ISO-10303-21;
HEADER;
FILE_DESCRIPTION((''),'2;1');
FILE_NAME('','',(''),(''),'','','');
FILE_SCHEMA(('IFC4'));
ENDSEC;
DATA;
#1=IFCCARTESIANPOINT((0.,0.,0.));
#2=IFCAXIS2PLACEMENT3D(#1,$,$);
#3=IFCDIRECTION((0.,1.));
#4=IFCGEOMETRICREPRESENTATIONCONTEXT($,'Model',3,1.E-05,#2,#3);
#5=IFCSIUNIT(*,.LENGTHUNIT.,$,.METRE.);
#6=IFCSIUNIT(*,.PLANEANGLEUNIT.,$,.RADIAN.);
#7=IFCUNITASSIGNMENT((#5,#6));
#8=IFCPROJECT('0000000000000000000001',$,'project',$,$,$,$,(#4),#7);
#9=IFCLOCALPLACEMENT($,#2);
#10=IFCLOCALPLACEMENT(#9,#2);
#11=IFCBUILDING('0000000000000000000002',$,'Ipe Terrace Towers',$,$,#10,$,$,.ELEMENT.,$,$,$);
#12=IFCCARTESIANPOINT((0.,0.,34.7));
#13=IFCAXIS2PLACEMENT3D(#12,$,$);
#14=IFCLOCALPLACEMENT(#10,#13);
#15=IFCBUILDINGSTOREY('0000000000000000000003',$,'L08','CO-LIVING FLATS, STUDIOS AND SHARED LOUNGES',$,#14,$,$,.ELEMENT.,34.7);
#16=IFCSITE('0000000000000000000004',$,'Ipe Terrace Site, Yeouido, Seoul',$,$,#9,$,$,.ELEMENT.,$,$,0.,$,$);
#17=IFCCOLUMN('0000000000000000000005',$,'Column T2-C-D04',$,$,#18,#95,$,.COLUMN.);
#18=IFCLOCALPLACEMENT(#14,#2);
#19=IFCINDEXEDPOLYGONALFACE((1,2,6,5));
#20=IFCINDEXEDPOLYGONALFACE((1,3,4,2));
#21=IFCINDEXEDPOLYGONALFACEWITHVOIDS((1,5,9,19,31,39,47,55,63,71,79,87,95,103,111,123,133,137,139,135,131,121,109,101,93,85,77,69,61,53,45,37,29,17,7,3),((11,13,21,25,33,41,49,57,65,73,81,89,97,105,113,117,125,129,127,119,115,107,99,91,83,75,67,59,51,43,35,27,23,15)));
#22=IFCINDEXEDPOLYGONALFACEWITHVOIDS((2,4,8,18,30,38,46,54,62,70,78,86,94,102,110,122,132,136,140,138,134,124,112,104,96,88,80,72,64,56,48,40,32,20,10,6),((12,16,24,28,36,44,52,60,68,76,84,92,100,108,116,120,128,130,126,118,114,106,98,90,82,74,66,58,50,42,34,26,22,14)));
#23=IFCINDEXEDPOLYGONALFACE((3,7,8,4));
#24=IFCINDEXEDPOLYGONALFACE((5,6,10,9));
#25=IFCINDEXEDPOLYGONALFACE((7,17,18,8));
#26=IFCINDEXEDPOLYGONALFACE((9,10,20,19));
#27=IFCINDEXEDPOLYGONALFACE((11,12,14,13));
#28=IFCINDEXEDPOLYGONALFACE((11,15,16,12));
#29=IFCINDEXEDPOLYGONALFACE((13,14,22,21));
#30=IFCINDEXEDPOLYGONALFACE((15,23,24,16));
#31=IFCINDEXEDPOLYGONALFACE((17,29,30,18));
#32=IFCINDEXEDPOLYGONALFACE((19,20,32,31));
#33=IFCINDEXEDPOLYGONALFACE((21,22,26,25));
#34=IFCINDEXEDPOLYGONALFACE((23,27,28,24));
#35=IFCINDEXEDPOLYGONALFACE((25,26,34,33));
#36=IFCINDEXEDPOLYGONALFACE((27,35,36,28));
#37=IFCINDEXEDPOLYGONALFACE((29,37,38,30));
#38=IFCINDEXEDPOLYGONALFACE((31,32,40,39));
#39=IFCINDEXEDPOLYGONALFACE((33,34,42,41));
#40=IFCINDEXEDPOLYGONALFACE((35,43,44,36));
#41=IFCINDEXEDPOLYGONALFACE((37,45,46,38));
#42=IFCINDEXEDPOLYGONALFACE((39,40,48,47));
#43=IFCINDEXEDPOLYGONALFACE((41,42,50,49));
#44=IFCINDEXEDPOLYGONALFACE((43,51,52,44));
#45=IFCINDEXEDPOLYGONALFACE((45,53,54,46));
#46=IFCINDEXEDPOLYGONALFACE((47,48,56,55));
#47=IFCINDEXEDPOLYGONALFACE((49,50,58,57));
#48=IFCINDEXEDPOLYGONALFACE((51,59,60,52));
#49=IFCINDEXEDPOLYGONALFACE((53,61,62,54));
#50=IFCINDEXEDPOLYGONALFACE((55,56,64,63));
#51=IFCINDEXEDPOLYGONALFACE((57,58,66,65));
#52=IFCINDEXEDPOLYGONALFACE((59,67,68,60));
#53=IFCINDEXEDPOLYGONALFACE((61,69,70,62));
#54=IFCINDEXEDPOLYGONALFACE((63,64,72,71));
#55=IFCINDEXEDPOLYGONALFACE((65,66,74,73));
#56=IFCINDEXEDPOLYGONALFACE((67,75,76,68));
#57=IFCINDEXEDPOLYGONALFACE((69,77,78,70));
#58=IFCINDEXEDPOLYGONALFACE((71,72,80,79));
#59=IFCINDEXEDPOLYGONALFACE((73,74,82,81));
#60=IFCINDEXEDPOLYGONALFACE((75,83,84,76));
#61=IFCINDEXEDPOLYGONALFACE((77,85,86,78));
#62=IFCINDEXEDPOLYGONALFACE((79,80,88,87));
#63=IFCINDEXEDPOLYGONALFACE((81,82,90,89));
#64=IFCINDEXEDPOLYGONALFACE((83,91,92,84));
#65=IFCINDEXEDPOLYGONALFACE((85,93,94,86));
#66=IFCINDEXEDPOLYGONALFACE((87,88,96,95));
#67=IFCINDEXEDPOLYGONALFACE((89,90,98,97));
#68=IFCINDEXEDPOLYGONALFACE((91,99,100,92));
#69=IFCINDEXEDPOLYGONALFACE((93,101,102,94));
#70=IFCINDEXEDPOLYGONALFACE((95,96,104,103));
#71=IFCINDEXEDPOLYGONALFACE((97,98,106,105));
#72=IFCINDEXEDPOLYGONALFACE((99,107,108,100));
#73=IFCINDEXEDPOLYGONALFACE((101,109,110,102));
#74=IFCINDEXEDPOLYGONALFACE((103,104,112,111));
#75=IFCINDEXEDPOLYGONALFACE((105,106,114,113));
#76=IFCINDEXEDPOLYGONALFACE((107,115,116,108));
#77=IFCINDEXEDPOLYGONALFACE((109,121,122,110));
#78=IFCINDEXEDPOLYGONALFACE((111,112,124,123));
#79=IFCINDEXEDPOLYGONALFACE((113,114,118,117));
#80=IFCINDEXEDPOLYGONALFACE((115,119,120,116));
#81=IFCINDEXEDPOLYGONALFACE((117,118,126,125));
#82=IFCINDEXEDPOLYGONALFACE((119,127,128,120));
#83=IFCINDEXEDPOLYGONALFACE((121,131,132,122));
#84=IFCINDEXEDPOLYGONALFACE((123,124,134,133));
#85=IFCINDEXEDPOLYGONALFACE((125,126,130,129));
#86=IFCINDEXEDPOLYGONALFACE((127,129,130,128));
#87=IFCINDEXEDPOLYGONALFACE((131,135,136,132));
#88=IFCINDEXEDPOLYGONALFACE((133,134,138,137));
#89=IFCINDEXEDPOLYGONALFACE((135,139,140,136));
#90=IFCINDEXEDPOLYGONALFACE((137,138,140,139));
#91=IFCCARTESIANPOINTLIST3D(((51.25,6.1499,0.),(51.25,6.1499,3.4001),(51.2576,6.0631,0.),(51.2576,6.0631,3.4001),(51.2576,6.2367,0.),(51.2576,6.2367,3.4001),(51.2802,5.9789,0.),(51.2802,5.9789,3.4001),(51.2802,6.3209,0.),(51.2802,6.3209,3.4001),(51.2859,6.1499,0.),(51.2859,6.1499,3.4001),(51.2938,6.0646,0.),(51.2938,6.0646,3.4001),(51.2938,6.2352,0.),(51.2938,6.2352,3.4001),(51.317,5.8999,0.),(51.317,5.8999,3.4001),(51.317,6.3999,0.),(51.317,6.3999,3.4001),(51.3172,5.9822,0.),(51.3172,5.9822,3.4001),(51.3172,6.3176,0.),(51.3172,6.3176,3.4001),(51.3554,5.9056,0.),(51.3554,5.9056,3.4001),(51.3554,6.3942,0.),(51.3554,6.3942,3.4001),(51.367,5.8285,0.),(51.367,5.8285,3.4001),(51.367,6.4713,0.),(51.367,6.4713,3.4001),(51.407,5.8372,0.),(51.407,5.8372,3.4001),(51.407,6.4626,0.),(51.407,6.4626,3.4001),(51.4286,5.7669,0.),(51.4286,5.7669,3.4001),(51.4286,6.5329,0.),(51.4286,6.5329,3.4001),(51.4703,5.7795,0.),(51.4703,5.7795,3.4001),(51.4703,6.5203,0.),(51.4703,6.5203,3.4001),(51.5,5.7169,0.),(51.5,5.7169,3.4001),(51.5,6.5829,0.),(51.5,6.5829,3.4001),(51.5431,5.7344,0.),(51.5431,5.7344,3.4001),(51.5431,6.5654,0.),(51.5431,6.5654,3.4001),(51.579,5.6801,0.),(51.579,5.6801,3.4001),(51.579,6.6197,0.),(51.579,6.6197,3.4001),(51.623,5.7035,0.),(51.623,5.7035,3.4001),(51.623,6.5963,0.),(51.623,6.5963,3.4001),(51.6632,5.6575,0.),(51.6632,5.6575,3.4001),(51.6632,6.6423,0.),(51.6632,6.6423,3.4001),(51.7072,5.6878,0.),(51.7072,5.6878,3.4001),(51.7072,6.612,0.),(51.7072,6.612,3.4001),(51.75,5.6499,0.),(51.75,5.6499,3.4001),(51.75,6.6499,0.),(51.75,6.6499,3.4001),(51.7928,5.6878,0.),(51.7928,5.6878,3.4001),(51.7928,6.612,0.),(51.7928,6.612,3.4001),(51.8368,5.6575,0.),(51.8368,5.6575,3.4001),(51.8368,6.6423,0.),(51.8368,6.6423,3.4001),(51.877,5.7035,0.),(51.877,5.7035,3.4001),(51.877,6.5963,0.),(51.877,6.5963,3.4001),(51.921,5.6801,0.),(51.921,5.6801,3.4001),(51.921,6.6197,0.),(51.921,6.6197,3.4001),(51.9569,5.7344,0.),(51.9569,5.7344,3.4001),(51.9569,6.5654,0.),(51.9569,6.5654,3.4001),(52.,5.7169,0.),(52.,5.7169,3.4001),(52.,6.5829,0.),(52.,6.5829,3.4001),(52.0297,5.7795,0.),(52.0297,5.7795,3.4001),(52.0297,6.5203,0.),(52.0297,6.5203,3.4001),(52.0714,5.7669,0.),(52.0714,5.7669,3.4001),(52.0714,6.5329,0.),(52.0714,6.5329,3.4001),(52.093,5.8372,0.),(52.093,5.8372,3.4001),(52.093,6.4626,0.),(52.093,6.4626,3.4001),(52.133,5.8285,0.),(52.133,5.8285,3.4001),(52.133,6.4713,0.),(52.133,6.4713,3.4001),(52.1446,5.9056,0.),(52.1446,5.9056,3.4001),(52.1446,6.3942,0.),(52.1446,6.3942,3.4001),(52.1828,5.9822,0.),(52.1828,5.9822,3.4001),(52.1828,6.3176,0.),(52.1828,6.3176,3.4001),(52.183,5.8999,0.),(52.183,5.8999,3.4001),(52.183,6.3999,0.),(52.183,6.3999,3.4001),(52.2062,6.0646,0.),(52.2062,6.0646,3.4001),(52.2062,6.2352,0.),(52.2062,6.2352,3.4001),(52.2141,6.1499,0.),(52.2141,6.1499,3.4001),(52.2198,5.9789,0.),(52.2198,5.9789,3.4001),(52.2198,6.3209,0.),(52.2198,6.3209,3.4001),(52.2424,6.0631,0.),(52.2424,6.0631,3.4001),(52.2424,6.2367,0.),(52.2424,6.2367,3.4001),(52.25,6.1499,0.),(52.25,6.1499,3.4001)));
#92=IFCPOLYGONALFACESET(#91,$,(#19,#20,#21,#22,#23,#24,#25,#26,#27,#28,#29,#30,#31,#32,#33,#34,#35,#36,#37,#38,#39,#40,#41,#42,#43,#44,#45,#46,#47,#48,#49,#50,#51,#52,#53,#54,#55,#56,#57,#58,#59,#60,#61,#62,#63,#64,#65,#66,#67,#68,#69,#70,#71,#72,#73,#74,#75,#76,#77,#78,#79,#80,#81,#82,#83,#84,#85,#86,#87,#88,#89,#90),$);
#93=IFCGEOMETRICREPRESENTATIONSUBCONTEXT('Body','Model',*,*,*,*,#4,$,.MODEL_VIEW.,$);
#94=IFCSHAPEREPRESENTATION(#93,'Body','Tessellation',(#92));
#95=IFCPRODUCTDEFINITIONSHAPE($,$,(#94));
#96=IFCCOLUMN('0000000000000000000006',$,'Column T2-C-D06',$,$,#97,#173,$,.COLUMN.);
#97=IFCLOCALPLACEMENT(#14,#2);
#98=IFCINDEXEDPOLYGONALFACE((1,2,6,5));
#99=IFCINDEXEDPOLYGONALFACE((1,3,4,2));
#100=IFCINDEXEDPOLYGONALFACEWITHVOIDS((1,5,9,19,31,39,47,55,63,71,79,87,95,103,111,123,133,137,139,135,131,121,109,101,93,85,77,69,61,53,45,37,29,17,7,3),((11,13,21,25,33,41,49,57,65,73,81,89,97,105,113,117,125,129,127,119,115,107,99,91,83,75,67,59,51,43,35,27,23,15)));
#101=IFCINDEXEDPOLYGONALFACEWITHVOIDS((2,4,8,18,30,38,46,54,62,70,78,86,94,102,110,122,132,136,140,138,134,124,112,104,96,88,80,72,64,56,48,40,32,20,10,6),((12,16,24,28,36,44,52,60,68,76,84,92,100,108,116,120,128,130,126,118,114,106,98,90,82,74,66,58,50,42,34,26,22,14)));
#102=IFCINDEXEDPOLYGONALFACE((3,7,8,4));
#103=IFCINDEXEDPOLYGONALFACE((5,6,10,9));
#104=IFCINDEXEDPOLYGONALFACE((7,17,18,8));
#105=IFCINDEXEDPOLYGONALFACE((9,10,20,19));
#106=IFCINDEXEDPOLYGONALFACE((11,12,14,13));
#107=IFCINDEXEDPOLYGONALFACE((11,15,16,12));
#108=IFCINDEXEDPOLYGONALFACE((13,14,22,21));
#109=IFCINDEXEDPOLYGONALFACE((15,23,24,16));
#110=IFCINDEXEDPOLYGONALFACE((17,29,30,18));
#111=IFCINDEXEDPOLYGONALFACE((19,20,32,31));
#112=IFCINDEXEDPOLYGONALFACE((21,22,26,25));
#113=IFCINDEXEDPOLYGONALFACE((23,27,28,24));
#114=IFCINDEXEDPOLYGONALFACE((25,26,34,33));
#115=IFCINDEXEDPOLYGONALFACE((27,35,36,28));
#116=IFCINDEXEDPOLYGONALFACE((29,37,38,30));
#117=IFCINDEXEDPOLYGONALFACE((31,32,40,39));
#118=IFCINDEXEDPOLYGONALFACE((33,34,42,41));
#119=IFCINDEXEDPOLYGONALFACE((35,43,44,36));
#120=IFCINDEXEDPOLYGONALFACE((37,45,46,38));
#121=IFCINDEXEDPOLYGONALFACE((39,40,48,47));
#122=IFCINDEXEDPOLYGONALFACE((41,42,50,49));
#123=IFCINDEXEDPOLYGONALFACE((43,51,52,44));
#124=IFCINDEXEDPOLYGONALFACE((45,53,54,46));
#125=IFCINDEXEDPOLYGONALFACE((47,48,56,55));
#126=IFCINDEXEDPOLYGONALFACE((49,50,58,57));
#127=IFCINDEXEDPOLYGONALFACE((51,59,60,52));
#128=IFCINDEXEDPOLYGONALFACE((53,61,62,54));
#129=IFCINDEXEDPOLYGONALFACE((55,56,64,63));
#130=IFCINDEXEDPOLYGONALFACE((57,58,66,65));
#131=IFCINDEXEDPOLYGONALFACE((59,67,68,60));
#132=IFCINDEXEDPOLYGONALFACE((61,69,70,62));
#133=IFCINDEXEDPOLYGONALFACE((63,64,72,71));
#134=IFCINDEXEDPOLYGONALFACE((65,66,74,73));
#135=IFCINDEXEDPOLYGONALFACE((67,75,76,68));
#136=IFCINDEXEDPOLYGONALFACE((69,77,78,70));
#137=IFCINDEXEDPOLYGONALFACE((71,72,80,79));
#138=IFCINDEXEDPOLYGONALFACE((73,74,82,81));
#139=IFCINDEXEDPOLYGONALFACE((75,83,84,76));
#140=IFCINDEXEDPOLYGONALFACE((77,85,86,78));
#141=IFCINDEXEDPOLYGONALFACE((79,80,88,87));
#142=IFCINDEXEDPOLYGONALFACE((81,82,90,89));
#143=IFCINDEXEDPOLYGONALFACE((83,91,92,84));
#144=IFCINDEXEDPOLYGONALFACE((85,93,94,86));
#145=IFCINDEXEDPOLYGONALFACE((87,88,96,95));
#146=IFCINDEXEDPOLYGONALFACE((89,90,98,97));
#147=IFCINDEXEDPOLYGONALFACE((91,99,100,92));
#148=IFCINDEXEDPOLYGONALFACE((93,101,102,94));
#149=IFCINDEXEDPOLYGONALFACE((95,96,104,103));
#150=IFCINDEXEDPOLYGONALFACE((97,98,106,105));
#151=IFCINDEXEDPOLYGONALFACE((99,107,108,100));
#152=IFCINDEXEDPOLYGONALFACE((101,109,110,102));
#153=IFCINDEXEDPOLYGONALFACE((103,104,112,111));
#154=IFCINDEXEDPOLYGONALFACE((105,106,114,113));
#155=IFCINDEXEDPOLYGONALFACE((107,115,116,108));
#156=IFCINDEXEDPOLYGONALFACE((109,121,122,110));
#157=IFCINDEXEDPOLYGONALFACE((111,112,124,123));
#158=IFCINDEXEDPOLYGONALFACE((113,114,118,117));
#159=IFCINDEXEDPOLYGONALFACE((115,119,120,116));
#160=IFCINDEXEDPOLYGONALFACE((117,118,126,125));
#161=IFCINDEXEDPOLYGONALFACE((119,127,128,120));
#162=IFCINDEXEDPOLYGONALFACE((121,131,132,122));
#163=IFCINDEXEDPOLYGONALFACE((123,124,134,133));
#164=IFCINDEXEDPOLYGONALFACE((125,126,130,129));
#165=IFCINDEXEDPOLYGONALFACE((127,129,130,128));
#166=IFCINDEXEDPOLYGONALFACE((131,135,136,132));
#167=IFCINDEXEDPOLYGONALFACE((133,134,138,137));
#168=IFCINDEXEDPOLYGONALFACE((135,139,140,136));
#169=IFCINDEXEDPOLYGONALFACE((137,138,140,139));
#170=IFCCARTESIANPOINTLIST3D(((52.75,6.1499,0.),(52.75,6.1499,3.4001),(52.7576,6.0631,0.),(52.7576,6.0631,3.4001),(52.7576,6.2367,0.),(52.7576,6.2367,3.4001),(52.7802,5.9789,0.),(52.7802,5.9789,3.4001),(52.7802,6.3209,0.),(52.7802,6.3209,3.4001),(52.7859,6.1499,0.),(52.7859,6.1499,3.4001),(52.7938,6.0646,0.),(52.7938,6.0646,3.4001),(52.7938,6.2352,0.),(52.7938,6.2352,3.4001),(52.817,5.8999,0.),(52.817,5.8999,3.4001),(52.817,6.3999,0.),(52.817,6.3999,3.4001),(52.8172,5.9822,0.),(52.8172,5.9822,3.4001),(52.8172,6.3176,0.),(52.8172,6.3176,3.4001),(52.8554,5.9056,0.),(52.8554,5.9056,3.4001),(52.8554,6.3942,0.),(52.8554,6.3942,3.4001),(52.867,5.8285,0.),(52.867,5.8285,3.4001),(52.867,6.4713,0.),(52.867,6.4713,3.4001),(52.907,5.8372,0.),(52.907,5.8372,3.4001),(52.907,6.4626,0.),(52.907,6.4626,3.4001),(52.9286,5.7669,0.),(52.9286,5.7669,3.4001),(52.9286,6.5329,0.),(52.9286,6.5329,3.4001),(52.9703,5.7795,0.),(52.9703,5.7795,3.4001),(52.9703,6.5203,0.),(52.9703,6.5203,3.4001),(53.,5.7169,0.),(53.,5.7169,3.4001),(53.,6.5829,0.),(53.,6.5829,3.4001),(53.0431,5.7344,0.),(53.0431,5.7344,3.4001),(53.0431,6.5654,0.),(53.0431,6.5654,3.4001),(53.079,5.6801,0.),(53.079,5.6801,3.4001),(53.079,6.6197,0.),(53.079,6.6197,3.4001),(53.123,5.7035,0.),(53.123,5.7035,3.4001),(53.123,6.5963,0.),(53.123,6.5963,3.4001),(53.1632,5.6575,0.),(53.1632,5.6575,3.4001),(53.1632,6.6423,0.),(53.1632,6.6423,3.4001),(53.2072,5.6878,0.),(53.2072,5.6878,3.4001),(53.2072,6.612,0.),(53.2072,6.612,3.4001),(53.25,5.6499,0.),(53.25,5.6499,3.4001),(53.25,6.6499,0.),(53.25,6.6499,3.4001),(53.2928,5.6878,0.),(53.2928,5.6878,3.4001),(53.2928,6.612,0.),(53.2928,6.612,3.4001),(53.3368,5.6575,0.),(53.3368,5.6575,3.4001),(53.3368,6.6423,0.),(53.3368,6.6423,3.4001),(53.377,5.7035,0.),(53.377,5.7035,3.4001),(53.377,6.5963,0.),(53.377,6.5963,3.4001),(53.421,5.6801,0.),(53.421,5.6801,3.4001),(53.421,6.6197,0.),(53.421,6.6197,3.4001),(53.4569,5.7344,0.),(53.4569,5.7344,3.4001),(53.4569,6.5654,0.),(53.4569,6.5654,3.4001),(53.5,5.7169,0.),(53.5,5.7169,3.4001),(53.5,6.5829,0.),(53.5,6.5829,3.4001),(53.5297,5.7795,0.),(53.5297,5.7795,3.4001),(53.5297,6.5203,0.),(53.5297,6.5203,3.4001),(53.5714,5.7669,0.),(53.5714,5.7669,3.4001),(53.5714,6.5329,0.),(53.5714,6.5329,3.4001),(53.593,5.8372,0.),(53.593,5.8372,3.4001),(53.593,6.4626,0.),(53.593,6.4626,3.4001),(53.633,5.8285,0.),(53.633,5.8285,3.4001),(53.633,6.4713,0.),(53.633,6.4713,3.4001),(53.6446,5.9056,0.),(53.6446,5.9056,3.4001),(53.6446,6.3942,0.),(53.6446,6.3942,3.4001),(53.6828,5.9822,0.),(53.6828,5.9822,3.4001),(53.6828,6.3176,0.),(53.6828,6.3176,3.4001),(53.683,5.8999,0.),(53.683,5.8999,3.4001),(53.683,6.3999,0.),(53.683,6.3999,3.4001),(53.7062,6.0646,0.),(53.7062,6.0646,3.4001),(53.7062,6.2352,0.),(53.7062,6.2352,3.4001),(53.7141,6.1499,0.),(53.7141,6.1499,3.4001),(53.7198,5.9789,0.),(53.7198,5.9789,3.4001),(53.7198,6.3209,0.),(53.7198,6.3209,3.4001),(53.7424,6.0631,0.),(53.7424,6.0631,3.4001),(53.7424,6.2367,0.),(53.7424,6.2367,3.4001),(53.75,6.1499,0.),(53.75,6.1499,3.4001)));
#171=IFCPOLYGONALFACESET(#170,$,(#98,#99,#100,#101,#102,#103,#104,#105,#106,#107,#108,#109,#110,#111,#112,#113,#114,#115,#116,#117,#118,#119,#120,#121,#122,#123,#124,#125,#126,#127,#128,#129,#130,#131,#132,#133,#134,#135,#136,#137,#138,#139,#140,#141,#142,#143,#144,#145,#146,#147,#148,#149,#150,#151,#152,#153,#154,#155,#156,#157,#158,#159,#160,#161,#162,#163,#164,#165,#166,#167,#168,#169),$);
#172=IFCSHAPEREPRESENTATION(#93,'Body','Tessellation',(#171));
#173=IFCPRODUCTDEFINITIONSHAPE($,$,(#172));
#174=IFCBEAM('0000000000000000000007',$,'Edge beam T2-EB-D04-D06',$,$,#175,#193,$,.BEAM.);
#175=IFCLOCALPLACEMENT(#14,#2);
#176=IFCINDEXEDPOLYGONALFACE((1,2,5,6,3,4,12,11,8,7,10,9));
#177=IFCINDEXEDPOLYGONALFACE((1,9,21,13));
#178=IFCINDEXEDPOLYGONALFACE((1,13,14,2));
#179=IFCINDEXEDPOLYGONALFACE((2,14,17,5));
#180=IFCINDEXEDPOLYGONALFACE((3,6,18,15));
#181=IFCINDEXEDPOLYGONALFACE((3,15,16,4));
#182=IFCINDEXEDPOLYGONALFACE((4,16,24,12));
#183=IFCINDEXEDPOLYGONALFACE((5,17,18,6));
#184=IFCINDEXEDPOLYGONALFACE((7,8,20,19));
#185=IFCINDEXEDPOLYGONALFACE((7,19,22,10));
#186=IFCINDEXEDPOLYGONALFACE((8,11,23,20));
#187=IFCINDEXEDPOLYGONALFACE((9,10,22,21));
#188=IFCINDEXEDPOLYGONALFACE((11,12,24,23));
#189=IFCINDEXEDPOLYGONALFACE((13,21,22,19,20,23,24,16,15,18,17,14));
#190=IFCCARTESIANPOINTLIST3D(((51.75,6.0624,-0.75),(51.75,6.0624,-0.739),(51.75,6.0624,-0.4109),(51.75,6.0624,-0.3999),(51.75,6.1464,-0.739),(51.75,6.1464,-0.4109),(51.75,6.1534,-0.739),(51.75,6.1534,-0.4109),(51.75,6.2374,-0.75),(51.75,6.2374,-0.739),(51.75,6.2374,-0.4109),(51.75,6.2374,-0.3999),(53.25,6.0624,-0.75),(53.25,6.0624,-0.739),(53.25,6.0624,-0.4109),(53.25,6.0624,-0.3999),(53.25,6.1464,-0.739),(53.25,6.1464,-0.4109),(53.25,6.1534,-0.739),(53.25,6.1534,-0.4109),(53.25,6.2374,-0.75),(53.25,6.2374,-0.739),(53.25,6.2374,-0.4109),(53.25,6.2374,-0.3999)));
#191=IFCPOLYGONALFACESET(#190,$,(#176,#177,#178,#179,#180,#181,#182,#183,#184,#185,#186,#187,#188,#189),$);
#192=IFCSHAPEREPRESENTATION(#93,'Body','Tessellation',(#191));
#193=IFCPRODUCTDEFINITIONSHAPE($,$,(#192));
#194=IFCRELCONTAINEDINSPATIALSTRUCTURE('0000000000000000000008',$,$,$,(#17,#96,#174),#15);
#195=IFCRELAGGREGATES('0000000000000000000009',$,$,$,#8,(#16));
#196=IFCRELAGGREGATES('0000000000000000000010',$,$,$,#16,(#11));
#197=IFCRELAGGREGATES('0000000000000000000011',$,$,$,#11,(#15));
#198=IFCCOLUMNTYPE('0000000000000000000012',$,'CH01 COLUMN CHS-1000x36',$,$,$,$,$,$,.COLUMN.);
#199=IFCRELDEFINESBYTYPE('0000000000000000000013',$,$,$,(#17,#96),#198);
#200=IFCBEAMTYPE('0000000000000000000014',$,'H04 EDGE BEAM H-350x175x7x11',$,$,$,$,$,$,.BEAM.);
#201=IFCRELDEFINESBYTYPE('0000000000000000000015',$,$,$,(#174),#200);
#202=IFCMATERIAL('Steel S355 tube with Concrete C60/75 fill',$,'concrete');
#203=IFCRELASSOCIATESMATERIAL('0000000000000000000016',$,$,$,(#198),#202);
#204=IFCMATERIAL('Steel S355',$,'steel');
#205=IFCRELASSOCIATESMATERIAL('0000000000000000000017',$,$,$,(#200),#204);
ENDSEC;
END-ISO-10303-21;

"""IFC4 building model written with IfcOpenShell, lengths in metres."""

from ifc_helpers import new_model, si_unit, direction, frame, origin, origin_2d, place, context, subcontext, project, spatial, hollow_circle, i_section, extrude, material, material_profile, profile_set, type_object, element, save


model = new_model("IFC4")

# Units and contexts
model_context = context("Model", 3, precision=1e-05, world=origin(), true_north=direction((0.0, 1.0)))
body_context = subcontext(model_context, "Body", "Model", "MODEL_VIEW")
ifc_project = project(units=[si_unit("LENGTHUNIT", "METRE"), si_unit("PLANEANGLEUNIT", "RADIAN")], contexts=[model_context])

# Site, building, storey
site_placement = place(None, origin())
site = spatial("IfcSite", under=ifc_project, at=site_placement, Name="Ipe Terrace Site, Yeouido, Seoul", CompositionType="ELEMENT", RefElevation=0.0)
building_placement = place(site_placement, origin())
building = spatial("IfcBuilding", under=site, at=building_placement, Name="Ipe Terrace Towers", CompositionType="ELEMENT")
storey_placement = place(building_placement, frame((0.0, 0.0, 34.7)))
storey = spatial("IfcBuildingStorey", under=building, at=storey_placement, Name="L08", Description="CO-LIVING FLATS, STUDIOS AND SHARED LOUNGES", CompositionType="ELEMENT", Elevation=34.7)

# Columns
ifc_material_1 = material(Name="Steel S355 tube with Concrete C60/75 fill", Category="concrete")
ifc_material_profile_1 = material_profile(ifc_material_1, hollow_circle(Radius=0.5, WallThickness=0.0359, at=origin_2d()), Name="CHS-1000x36")
ifc_profile_set_1 = profile_set([ifc_material_profile_1], Name="Steel S355 tube with Concrete C60/75 fill")
column_type = type_object("IfcColumnType", Name="CH01 COLUMN CHS-1000x36", PredefinedType="COLUMN", material=ifc_profile_set_1)
for number, where, z_axis, x_axis, name in (
    (1, (51.75, 6.1499, 0.0), (0.0, 0.0, 1.0), (1.0, 0.0, 0.0), "Column T2-C-D04"),
    (2, (53.25, 6.1499, 0.0), (0.0, 0.0, 1.0), (1.0, 0.0, 0.0), "Column T2-C-D06"),
):
    element("IfcColumn", number, at=place(storey_placement, frame(where, z_axis=z_axis, x_axis=x_axis)), inside=storey, type_object=column_type, Name=name, PredefinedType="COLUMN", context=body_context, shape_type="SweptSolid", body=[
        extrude(hollow_circle(Radius=0.5, WallThickness=0.0359, at=origin_2d()), origin(), (0.0, 0.0, 1.0), 3.4001),
    ])

# Beam
ifc_material_2 = material(Name="Steel S355", Category="steel")
ifc_material_profile_2 = material_profile(ifc_material_2, i_section(OverallWidth=0.175, OverallDepth=0.3501, WebThickness=0.0071, FlangeThickness=0.011, at=origin_2d()), Name="H-350x175x7x11")
ifc_profile_set_2 = profile_set([ifc_material_profile_2], Name="Steel S355")
beam_type = type_object("IfcBeamType", Name="H04 EDGE BEAM H-350x175x7x11", PredefinedType="BEAM", material=ifc_profile_set_2)
beam_placement = place(storey_placement, frame((51.75, 6.1499, -0.575), z_axis=(1.0, 0.0, 0.0), x_axis=(0.0, 1.0, 0.0)))
element("IfcBeam", 3, at=beam_placement, inside=storey, type_object=beam_type, Name="Edge beam T2-EB-D04-D06", PredefinedType="BEAM", context=body_context, shape_type="SweptSolid", body=[
    extrude(i_section(OverallWidth=0.175, OverallDepth=0.3501, WebThickness=0.0071, FlangeThickness=0.011, at=origin_2d()), origin(), (0.0, 0.0, 1.0), 1.5),
])

save(model, "model.ifc")
